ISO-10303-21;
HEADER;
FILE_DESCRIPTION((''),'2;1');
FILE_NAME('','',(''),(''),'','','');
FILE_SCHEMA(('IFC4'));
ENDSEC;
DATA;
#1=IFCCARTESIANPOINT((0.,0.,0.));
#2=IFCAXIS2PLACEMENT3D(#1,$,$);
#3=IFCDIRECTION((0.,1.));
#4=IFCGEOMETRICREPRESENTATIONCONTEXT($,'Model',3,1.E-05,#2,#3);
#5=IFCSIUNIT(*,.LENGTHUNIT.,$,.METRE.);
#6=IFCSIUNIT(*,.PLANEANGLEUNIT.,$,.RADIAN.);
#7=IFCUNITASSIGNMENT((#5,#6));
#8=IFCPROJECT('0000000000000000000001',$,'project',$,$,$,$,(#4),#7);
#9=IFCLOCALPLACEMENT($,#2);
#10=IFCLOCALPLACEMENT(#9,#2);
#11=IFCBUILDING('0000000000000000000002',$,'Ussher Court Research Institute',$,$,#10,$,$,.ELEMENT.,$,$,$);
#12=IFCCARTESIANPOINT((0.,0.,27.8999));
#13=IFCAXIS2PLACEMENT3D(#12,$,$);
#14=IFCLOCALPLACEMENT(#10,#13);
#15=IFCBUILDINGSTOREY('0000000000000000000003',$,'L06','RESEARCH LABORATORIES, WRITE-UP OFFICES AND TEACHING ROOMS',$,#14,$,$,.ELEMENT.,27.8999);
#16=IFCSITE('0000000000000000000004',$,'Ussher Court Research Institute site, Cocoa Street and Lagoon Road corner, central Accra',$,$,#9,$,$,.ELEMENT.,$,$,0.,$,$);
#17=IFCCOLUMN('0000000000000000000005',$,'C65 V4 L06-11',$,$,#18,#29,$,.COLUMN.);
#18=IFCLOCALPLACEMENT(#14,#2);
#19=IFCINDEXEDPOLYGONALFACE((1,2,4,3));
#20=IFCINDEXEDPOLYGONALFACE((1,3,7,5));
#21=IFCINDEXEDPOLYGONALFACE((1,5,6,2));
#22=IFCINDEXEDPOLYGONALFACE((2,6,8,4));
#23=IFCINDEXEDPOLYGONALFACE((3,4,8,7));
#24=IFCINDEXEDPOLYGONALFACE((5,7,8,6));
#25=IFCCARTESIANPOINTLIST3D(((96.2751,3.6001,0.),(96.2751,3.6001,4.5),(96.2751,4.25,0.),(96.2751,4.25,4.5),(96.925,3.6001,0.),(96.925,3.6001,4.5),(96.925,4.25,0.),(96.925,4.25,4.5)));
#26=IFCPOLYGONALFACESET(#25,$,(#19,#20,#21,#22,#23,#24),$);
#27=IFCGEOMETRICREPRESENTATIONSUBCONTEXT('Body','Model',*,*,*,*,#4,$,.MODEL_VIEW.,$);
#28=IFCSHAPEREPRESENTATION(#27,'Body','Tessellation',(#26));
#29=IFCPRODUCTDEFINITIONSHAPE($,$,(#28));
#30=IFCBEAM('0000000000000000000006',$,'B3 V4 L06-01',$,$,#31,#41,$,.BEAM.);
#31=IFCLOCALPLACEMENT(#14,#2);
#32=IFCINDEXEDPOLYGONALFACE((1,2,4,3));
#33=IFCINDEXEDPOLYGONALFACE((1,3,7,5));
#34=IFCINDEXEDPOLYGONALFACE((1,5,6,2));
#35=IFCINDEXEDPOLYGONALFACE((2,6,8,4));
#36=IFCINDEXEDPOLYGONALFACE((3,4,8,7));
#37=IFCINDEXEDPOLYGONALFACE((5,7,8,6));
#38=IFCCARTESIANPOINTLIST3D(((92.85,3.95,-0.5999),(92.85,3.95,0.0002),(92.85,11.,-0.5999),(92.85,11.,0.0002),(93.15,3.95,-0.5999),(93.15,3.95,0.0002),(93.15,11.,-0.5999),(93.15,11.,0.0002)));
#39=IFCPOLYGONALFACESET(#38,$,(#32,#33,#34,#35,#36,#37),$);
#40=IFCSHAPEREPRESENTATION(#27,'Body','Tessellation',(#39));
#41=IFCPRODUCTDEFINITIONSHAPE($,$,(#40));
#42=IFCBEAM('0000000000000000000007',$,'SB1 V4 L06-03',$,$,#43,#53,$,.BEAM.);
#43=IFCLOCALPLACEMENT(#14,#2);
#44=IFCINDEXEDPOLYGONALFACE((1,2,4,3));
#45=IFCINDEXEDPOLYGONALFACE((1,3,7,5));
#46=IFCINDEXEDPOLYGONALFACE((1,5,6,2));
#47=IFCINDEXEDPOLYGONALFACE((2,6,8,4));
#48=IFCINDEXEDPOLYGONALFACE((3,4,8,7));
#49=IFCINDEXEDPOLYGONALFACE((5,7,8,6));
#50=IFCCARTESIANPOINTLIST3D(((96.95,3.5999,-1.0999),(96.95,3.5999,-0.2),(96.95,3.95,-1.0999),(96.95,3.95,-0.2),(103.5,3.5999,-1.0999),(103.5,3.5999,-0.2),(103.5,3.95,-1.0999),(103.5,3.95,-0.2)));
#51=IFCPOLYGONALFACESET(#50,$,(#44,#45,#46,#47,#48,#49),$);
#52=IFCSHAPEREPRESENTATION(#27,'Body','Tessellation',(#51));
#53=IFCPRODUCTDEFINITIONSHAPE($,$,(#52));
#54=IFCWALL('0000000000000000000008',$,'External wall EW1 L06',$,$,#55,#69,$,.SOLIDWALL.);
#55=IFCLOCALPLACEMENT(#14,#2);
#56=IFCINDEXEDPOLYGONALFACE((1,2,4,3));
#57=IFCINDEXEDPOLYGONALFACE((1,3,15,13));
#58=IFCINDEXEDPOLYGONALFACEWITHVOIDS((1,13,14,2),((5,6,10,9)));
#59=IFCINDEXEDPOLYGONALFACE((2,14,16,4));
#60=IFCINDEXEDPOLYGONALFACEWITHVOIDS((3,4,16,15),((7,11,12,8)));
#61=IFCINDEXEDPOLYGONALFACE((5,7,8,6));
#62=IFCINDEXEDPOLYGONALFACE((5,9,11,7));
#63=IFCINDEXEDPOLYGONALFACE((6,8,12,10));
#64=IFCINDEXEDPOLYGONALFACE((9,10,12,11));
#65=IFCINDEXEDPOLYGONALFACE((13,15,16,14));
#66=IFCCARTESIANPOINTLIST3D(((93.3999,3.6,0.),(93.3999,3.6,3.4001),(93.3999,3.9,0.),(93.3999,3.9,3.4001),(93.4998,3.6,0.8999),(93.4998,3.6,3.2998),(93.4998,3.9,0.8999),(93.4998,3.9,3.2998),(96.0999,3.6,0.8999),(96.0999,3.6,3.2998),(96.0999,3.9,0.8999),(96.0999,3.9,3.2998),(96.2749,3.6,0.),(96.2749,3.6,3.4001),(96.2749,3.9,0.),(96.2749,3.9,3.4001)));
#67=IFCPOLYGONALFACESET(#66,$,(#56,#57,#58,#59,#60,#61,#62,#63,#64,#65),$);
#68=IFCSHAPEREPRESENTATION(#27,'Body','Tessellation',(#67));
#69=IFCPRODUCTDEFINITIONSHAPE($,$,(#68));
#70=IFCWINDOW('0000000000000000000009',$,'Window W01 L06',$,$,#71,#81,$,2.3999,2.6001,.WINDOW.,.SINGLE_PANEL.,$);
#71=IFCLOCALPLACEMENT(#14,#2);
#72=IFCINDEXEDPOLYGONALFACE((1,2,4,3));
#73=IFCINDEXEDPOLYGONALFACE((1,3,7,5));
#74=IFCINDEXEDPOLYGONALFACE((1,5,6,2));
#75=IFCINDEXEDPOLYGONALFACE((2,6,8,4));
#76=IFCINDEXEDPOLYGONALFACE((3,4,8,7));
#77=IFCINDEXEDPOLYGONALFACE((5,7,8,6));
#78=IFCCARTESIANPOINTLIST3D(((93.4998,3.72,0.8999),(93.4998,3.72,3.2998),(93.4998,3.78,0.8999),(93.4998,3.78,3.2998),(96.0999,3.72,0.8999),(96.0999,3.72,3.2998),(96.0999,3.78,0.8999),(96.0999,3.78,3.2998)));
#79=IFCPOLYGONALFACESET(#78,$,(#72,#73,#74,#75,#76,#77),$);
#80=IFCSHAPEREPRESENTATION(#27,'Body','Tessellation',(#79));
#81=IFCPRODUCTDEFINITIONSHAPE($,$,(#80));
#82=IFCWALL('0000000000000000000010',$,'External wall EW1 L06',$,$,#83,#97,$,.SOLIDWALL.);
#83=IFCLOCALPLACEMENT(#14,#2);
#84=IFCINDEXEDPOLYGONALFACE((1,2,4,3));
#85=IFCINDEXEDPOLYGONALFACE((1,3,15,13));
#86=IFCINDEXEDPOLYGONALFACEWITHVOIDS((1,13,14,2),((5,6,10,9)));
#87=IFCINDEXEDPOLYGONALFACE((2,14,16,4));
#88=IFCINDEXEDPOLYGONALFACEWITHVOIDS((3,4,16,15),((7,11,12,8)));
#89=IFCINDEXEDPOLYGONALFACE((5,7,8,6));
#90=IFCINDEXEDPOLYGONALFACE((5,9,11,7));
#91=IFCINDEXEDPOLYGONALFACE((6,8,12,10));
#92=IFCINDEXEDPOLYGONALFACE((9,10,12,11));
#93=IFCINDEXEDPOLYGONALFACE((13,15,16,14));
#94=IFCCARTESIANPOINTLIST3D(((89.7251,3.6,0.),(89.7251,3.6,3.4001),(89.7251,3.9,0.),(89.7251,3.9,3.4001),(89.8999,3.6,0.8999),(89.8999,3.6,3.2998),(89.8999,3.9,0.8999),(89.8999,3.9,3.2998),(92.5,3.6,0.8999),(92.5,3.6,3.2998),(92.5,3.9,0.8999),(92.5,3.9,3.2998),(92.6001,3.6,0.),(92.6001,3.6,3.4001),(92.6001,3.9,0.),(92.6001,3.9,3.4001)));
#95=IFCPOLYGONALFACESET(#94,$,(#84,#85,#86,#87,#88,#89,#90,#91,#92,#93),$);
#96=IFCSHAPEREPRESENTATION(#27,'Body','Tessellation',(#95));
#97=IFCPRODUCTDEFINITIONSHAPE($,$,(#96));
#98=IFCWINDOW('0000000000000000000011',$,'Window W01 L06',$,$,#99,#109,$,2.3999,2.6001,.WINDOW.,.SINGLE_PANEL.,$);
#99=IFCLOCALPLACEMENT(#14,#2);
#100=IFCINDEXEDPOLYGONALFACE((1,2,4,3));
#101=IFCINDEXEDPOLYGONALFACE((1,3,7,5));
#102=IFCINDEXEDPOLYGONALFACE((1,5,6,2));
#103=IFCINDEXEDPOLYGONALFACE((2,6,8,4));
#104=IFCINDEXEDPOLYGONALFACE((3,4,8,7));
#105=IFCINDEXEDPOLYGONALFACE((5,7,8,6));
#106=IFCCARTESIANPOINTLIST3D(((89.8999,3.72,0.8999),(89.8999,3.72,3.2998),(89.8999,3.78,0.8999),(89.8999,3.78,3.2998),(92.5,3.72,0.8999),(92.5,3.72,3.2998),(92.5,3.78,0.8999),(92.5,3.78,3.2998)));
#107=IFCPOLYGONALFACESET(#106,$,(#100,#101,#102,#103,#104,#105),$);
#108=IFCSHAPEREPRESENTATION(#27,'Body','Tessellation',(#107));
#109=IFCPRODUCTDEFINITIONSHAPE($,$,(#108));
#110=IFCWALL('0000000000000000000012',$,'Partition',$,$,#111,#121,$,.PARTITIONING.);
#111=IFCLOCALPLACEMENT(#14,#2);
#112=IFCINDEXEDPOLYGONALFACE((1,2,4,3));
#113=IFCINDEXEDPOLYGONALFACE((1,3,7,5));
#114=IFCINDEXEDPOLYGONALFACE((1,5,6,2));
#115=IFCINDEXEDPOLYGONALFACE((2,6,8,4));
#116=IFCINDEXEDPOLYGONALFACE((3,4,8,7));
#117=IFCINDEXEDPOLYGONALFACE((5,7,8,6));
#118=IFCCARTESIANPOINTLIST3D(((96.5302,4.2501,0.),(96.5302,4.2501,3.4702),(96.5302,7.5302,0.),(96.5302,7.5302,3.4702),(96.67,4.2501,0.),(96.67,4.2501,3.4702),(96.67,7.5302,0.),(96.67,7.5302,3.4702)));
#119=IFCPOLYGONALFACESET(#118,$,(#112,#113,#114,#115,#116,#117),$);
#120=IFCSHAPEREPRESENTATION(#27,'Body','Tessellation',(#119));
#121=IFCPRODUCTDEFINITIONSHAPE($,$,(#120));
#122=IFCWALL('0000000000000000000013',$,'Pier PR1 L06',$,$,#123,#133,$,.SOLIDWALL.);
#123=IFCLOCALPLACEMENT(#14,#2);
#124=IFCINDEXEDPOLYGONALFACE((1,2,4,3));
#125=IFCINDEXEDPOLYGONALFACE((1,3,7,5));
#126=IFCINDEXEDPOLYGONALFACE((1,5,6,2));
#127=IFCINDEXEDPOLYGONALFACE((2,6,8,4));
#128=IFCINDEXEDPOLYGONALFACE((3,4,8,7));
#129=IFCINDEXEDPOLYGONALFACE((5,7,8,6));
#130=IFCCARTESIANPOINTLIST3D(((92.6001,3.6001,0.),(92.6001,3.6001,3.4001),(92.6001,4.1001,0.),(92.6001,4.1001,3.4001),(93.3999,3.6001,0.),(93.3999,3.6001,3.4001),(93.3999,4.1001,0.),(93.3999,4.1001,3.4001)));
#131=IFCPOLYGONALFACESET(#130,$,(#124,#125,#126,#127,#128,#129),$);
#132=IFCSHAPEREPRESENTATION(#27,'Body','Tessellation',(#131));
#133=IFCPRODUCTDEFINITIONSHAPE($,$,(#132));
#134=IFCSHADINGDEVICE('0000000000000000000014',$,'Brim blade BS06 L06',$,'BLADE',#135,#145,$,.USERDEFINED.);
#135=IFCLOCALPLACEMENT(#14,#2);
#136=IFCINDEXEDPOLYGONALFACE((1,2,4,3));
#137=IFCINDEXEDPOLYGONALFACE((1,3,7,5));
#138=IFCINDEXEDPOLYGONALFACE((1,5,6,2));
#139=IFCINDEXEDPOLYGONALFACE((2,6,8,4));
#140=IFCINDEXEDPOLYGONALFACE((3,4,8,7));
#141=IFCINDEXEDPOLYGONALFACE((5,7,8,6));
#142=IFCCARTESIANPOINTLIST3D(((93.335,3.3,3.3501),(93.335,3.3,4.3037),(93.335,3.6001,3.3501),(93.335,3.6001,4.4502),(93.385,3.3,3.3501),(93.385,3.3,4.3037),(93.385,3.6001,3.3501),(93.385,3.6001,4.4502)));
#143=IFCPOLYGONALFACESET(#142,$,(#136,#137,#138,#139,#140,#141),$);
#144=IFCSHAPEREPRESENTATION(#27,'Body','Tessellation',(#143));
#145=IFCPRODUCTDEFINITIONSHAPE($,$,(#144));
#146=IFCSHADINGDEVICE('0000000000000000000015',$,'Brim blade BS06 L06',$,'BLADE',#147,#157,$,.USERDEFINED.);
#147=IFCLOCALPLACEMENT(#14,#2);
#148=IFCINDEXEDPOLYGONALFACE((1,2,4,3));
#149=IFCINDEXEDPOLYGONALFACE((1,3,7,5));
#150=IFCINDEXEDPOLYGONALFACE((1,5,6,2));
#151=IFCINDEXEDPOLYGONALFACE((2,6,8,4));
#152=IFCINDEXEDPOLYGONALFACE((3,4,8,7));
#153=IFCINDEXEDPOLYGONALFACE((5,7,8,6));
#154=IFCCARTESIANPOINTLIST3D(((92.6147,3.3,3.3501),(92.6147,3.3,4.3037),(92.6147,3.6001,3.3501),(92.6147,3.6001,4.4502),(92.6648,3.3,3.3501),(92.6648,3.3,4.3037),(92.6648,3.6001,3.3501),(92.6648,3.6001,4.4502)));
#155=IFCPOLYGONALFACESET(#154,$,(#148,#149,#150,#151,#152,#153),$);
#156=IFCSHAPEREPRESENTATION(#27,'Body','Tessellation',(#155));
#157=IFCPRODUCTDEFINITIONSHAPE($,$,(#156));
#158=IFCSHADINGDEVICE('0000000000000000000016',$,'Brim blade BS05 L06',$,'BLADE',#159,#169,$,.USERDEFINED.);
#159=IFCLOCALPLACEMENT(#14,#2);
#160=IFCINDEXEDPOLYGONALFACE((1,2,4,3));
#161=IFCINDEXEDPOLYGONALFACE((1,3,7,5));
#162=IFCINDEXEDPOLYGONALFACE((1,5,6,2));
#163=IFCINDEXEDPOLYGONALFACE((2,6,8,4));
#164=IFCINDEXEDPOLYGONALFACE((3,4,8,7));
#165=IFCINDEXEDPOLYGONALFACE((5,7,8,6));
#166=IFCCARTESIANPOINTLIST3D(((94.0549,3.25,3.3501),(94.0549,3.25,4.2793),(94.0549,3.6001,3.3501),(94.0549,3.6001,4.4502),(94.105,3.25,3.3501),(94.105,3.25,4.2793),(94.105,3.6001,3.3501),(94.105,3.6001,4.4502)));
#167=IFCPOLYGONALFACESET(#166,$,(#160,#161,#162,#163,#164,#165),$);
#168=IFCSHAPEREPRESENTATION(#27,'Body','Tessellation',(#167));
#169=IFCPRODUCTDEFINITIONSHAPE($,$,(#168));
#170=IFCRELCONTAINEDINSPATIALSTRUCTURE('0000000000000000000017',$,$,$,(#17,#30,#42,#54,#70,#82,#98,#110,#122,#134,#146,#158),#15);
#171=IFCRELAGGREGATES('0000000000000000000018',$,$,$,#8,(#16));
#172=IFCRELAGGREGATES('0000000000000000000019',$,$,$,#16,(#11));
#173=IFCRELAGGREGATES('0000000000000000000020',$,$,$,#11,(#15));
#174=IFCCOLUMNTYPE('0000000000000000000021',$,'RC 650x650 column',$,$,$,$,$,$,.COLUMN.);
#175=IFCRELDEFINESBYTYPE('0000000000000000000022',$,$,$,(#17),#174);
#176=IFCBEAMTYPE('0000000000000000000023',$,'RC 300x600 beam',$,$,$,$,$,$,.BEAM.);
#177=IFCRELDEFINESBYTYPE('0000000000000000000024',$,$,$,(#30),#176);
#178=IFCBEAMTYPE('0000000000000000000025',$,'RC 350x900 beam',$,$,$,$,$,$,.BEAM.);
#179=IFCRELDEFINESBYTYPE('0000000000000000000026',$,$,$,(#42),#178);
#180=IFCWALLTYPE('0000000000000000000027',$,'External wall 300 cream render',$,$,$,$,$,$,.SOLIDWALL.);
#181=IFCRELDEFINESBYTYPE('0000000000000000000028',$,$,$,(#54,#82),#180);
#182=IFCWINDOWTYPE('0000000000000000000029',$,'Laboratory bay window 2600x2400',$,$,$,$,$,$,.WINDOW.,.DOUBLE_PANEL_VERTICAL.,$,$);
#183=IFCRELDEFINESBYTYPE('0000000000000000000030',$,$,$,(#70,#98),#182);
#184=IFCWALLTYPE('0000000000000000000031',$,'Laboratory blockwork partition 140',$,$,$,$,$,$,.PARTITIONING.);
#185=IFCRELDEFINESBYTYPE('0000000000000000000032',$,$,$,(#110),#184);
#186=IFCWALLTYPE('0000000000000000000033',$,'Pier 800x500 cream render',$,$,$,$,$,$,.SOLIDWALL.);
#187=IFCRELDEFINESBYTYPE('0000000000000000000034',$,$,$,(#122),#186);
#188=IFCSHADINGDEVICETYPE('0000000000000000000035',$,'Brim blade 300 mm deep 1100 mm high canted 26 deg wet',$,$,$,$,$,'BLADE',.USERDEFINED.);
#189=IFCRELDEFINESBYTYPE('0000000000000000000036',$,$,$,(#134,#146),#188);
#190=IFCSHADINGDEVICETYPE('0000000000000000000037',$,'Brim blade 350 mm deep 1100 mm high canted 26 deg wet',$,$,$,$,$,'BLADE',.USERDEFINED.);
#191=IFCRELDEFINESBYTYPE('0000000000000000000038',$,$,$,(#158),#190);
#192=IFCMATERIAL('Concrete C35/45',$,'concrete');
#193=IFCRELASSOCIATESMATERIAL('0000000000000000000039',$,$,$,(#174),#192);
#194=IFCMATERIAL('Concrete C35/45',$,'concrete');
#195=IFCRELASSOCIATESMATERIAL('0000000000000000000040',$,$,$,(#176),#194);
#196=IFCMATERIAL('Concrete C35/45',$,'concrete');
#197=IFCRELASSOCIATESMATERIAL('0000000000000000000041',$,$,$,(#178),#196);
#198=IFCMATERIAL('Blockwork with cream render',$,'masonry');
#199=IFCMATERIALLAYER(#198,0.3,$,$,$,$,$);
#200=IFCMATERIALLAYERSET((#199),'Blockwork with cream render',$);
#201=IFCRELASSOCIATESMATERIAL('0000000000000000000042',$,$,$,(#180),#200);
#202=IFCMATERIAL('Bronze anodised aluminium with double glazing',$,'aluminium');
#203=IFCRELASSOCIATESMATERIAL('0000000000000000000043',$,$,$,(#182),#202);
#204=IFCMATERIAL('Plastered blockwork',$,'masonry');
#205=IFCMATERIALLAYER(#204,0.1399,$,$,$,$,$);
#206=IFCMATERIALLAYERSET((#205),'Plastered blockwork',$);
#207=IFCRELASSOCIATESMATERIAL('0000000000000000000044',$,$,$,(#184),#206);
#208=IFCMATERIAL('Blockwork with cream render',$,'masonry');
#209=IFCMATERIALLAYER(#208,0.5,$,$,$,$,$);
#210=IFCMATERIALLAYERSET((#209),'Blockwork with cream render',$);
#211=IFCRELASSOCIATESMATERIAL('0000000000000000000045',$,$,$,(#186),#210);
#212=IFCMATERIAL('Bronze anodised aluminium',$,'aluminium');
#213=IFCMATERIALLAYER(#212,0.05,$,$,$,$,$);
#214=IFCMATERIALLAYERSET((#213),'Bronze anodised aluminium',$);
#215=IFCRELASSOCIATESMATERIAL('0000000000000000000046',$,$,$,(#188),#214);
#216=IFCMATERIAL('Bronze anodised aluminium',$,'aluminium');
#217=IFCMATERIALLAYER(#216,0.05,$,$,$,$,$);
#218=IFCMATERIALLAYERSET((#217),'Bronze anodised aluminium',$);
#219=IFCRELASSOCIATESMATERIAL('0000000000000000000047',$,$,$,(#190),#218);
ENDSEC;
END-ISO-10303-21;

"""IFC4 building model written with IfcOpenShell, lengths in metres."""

from ifc_helpers import new_model, si_unit, direction, frame, frame_2d, origin, origin_2d, place, context, subcontext, project, spatial, polyline, rectangle, outline, extrude, material, layer, layer_set, material_profile, profile_set, type_object, element, fill, save


model = new_model("IFC4")

# Units and contexts
model_context = context("Model", 3, precision=1e-05, world=origin(), true_north=direction((0.0, 1.0)))
body_context = subcontext(model_context, "Body", "Model", "MODEL_VIEW")
ifc_project = project(units=[si_unit("LENGTHUNIT", "METRE"), si_unit("PLANEANGLEUNIT", "RADIAN")], contexts=[model_context])

# Site, building, storey
site_placement = place(None, origin())
site = spatial("IfcSite", under=ifc_project, at=site_placement, Name="Ussher Court Research Institute site, Cocoa Street and Lagoon Road corner, central Accra", CompositionType="ELEMENT", RefElevation=0.0)
building_placement = place(site_placement, origin())
building = spatial("IfcBuilding", under=site, at=building_placement, Name="Ussher Court Research Institute", CompositionType="ELEMENT")
storey_placement = place(building_placement, frame((0.0, 0.0, 27.8999)))
storey = spatial("IfcBuildingStorey", under=building, at=storey_placement, Name="L06", Description="RESEARCH LABORATORIES, WRITE-UP OFFICES AND TEACHING ROOMS", CompositionType="ELEMENT", Elevation=27.8999)

# Column
ifc_material_1 = material(Name="Concrete C35/45", Category="concrete")
ifc_material_profile_1 = material_profile(ifc_material_1, rectangle(XDim=0.6499, YDim=0.6499, at=origin_2d()), Name="RC 650x650")
ifc_profile_set_1 = profile_set([ifc_material_profile_1], Name="Concrete C35/45")
column_type = type_object("IfcColumnType", Name="RC 650x650 column", PredefinedType="COLUMN", material=ifc_profile_set_1)
column_placement = place(storey_placement, frame((96.6001, 3.925, 0.0), z_axis=(0.0, 0.0, 1.0), x_axis=(1.0, 0.0, 0.0)))
element("IfcColumn", 1, at=column_placement, inside=storey, type_object=column_type, Name="C65 V4 L06-11", PredefinedType="COLUMN", context=body_context, shape_type="SweptSolid", body=[
    extrude(rectangle(XDim=0.6499, YDim=0.6499, at=origin_2d()), origin(), (0.0, 0.0, 1.0), 4.5),
])

# Beams
ifc_material_2 = material(Name="Concrete C35/45", Category="concrete")
ifc_material_profile_2 = material_profile(ifc_material_2, rectangle(XDim=0.3, YDim=0.6001, at=origin_2d()), Name="RC 300x600")
ifc_profile_set_2 = profile_set([ifc_material_profile_2], Name="Concrete C35/45")
beam_type_1 = type_object("IfcBeamType", Name="RC 300x600 beam", PredefinedType="BEAM", material=ifc_profile_set_2)
beam_1_placement = place(storey_placement, frame((93.0, 3.95, -0.2998), z_axis=(0.0, 1.0, 0.0), x_axis=(-1.0, 0.0, 0.0)))
element("IfcBeam", 2, at=beam_1_placement, inside=storey, type_object=beam_type_1, Name="B3 V4 L06-01", PredefinedType="BEAM", context=body_context, shape_type="SweptSolid", body=[
    extrude(rectangle(XDim=0.3, YDim=0.6001, at=origin_2d()), origin(), (0.0, 0.0, 1.0), 7.05),
])
ifc_material_3 = material(Name="Concrete C35/45", Category="concrete")
ifc_material_profile_3 = material_profile(ifc_material_3, rectangle(XDim=0.3501, YDim=0.8999, at=origin_2d()), Name="RC 350x900")
ifc_profile_set_3 = profile_set([ifc_material_profile_3], Name="Concrete C35/45")
beam_type_2 = type_object("IfcBeamType", Name="RC 350x900 beam", PredefinedType="BEAM", material=ifc_profile_set_3)
beam_2_placement = place(storey_placement, frame((96.95, 3.7749, -0.6499), z_axis=(1.0, 0.0, 0.0), x_axis=(0.0, 1.0, 0.0)))
element("IfcBeam", 3, at=beam_2_placement, inside=storey, type_object=beam_type_2, Name="SB1 V4 L06-03", PredefinedType="BEAM", context=body_context, shape_type="SweptSolid", body=[
    extrude(rectangle(XDim=0.3501, YDim=0.8999, at=origin_2d()), origin(), (0.0, 0.0, 1.0), 6.55),
])

# Walls, openings, windows
ifc_material_4 = material(Name="Blockwork with cream render", Category="masonry")
ifc_layer_1 = layer(ifc_material_4, 0.3)
ifc_layer_set_1 = layer_set([ifc_layer_1], Name="Blockwork with cream render")
wall_type_1 = type_object("IfcWallType", Name="External wall 300 cream render", PredefinedType="SOLIDWALL", material=ifc_layer_set_1)
wall_1_placement = place(storey_placement, frame((96.2749, 3.75, 0.0), z_axis=(0.0, 0.0, 1.0), x_axis=(-1.0, 0.0, 0.0)))
wall_1 = element("IfcWall", 4, at=wall_1_placement, inside=storey, type_object=wall_type_1, Name="External wall EW1 L06", PredefinedType="SOLIDWALL", context=body_context, shape_type="SweptSolid", body=[
    extrude(rectangle(XDim=2.875, YDim=0.3, at=frame_2d((1.4375, 0.0))), origin(), (0.0, 0.0, 1.0), 3.4001),
])
opening_1_placement = place(wall_1_placement, frame((0.175, 0.0, 0.8999)))
opening_1 = element("IfcOpeningElement", 5, at=opening_1_placement, cuts=wall_1, PredefinedType="OPENING", context=body_context, shape_type="SweptSolid", body=[
    extrude(rectangle(XDim=2.6001, YDim=2.3999, at=frame_2d((1.3, 1.2))), frame((0.0, 0.1602, 0.0), z_axis=(0.0, -1.0, 0.0), x_axis=(1.0, 0.0, 0.0)), (0.0, 0.0, 1.0), 0.3201),
])
ifc_material_5 = material(Name="Bronze anodised aluminium with double glazing", Category="aluminium")
window_type = type_object("IfcWindowType", Name="Laboratory bay window 2600x2400", PartitioningType="DOUBLE_PANEL_VERTICAL", PredefinedType="WINDOW", material=ifc_material_5)
window_1_placement = place(opening_1_placement, origin())
window_1 = element("IfcWindow", 6, at=window_1_placement, inside=storey, type_object=window_type, Name="Window W01 L06", OverallHeight=2.3999, OverallWidth=2.6001, PartitioningType="SINGLE_PANEL", PredefinedType="WINDOW", context=body_context, shape_type="SweptSolid", body=[
    extrude(rectangle(XDim=2.6001, YDim=2.3999, at=frame_2d((1.3, 1.2))), frame((0.0, 0.03, 0.0), z_axis=(0.0, -1.0, 0.0), x_axis=(1.0, 0.0, 0.0)), (0.0, 0.0, 1.0), 0.0601),
])
fill(opening_1, window_1)
wall_2_placement = place(storey_placement, frame((92.6001, 3.75, 0.0), z_axis=(0.0, 0.0, 1.0), x_axis=(-1.0, 0.0, 0.0)))
wall_2 = element("IfcWall", 7, at=wall_2_placement, inside=storey, type_object=wall_type_1, Name="External wall EW1 L06", PredefinedType="SOLIDWALL", context=body_context, shape_type="SweptSolid", body=[
    extrude(rectangle(XDim=2.875, YDim=0.3, at=frame_2d((1.4375, 0.0))), origin(), (0.0, 0.0, 1.0), 3.4001),
])
opening_2_placement = place(wall_2_placement, frame((0.1001, 0.0, 0.8999)))
opening_2 = element("IfcOpeningElement", 8, at=opening_2_placement, cuts=wall_2, PredefinedType="OPENING", context=body_context, shape_type="SweptSolid", body=[
    extrude(rectangle(XDim=2.6001, YDim=2.3999, at=frame_2d((1.3, 1.2))), frame((0.0, 0.1602, 0.0), z_axis=(0.0, -1.0, 0.0), x_axis=(1.0, 0.0, 0.0)), (0.0, 0.0, 1.0), 0.3201),
])
window_2_placement = place(opening_2_placement, origin())
window_2 = element("IfcWindow", 9, at=window_2_placement, inside=storey, type_object=window_type, Name="Window W01 L06", OverallHeight=2.3999, OverallWidth=2.6001, PartitioningType="SINGLE_PANEL", PredefinedType="WINDOW", context=body_context, shape_type="SweptSolid", body=[
    extrude(rectangle(XDim=2.6001, YDim=2.3999, at=frame_2d((1.3, 1.2))), frame((0.0, 0.03, 0.0), z_axis=(0.0, -1.0, 0.0), x_axis=(1.0, 0.0, 0.0)), (0.0, 0.0, 1.0), 0.0601),
])
fill(opening_2, window_2)

# Walls
ifc_material_6 = material(Name="Plastered blockwork", Category="masonry")
ifc_layer_2 = layer(ifc_material_6, 0.1399)
ifc_layer_set_2 = layer_set([ifc_layer_2], Name="Plastered blockwork")
wall_type_2 = type_object("IfcWallType", Name="Laboratory blockwork partition 140", PredefinedType="PARTITIONING", material=ifc_layer_set_2)
wall_3_placement = place(storey_placement, frame((96.6001, 4.25, 0.0), z_axis=(0.0, 0.0, 1.0), x_axis=(0.0, 1.0, 0.0)))
element("IfcWall", 10, at=wall_3_placement, inside=storey, type_object=wall_type_2, Name="Partition", PredefinedType="PARTITIONING", context=body_context, shape_type="SweptSolid", body=[
    extrude(rectangle(XDim=3.28, YDim=0.1399, at=frame_2d((1.6401, 0.0))), origin(), (0.0, 0.0, 1.0), 3.4702),
])
ifc_material_7 = material(Name="Blockwork with cream render", Category="masonry")
ifc_layer_3 = layer(ifc_material_7, 0.5)
ifc_layer_set_3 = layer_set([ifc_layer_3], Name="Blockwork with cream render")
wall_type_3 = type_object("IfcWallType", Name="Pier 800x500 cream render", PredefinedType="SOLIDWALL", material=ifc_layer_set_3)
wall_4_placement = place(storey_placement, frame((93.3999, 3.8501, 0.0), z_axis=(0.0, 0.0, 1.0), x_axis=(-1.0, 0.0, 0.0)))
element("IfcWall", 11, at=wall_4_placement, inside=storey, type_object=wall_type_3, Name="Pier PR1 L06", PredefinedType="SOLIDWALL", context=body_context, shape_type="SweptSolid", body=[
    extrude(rectangle(XDim=0.7998, YDim=0.5, at=frame_2d((0.3999, 0.0))), origin(), (0.0, 0.0, 1.0), 3.4001),
])

# Shading devices
ifc_material_8 = material(Name="Bronze anodised aluminium", Category="aluminium")
ifc_layer_4 = layer(ifc_material_8, 0.05)
ifc_layer_set_4 = layer_set([ifc_layer_4], Name="Bronze anodised aluminium")
shading_device_type_1 = type_object("IfcShadingDeviceType", Name="Brim blade 300 mm deep 1100 mm high canted 26 deg wet", ElementType="BLADE", PredefinedType="USERDEFINED", material=ifc_layer_set_4)
for number, where, z_axis, x_axis, name in (
    (12, (93.3601, 3.6001, 3.3501), (0.0, 0.0, 1.0), (0.0, -1.0, 0.0), "Brim blade BS06 L06"),
    (13, (92.6399, 3.6001, 3.3501), (0.0, 0.0, 1.0), (0.0, -1.0, 0.0), "Brim blade BS06 L06"),
):
    element("IfcShadingDevice", number, at=place(storey_placement, frame(where, z_axis=z_axis, x_axis=x_axis)), inside=storey, type_object=shading_device_type_1, Name=name, ObjectType="BLADE", PredefinedType="USERDEFINED", context=body_context, shape_type="SweptSolid", body=[
        extrude(outline(polyline([(0.0, 0.0), (0.3, 0.0), (0.3, 0.9536), (0.0, 1.1001), (0.0, 0.0)])), frame((0.0, 0.0249, 0.0), z_axis=(0.0, -1.0, 0.0), x_axis=(1.0, 0.0, 0.0)), (0.0, 0.0, 1.0), 0.05),
    ])
ifc_material_9 = material(Name="Bronze anodised aluminium", Category="aluminium")
ifc_layer_5 = layer(ifc_material_9, 0.05)
ifc_layer_set_5 = layer_set([ifc_layer_5], Name="Bronze anodised aluminium")
shading_device_type_2 = type_object("IfcShadingDeviceType", Name="Brim blade 350 mm deep 1100 mm high canted 26 deg wet", ElementType="BLADE", PredefinedType="USERDEFINED", material=ifc_layer_set_5)
for number, where, z_axis, x_axis, name in (
    (14, (94.0801, 3.6001, 3.3501), (0.0, 0.0, 1.0), (0.0, -1.0, 0.0), "Brim blade BS05 L06"),
):
    element("IfcShadingDevice", number, at=place(storey_placement, frame(where, z_axis=z_axis, x_axis=x_axis)), inside=storey, type_object=shading_device_type_2, Name=name, ObjectType="BLADE", PredefinedType="USERDEFINED", context=body_context, shape_type="SweptSolid", body=[
        extrude(outline(polyline([(0.0, 0.0), (0.3501, 0.0), (0.3501, 0.9292), (0.0, 1.1001), (0.0, 0.0)])), frame((0.0, 0.0249, 0.0), z_axis=(0.0, -1.0, 0.0), x_axis=(1.0, 0.0, 0.0)), (0.0, 0.0, 1.0), 0.05),
    ])

save(model, "model.ifc")
